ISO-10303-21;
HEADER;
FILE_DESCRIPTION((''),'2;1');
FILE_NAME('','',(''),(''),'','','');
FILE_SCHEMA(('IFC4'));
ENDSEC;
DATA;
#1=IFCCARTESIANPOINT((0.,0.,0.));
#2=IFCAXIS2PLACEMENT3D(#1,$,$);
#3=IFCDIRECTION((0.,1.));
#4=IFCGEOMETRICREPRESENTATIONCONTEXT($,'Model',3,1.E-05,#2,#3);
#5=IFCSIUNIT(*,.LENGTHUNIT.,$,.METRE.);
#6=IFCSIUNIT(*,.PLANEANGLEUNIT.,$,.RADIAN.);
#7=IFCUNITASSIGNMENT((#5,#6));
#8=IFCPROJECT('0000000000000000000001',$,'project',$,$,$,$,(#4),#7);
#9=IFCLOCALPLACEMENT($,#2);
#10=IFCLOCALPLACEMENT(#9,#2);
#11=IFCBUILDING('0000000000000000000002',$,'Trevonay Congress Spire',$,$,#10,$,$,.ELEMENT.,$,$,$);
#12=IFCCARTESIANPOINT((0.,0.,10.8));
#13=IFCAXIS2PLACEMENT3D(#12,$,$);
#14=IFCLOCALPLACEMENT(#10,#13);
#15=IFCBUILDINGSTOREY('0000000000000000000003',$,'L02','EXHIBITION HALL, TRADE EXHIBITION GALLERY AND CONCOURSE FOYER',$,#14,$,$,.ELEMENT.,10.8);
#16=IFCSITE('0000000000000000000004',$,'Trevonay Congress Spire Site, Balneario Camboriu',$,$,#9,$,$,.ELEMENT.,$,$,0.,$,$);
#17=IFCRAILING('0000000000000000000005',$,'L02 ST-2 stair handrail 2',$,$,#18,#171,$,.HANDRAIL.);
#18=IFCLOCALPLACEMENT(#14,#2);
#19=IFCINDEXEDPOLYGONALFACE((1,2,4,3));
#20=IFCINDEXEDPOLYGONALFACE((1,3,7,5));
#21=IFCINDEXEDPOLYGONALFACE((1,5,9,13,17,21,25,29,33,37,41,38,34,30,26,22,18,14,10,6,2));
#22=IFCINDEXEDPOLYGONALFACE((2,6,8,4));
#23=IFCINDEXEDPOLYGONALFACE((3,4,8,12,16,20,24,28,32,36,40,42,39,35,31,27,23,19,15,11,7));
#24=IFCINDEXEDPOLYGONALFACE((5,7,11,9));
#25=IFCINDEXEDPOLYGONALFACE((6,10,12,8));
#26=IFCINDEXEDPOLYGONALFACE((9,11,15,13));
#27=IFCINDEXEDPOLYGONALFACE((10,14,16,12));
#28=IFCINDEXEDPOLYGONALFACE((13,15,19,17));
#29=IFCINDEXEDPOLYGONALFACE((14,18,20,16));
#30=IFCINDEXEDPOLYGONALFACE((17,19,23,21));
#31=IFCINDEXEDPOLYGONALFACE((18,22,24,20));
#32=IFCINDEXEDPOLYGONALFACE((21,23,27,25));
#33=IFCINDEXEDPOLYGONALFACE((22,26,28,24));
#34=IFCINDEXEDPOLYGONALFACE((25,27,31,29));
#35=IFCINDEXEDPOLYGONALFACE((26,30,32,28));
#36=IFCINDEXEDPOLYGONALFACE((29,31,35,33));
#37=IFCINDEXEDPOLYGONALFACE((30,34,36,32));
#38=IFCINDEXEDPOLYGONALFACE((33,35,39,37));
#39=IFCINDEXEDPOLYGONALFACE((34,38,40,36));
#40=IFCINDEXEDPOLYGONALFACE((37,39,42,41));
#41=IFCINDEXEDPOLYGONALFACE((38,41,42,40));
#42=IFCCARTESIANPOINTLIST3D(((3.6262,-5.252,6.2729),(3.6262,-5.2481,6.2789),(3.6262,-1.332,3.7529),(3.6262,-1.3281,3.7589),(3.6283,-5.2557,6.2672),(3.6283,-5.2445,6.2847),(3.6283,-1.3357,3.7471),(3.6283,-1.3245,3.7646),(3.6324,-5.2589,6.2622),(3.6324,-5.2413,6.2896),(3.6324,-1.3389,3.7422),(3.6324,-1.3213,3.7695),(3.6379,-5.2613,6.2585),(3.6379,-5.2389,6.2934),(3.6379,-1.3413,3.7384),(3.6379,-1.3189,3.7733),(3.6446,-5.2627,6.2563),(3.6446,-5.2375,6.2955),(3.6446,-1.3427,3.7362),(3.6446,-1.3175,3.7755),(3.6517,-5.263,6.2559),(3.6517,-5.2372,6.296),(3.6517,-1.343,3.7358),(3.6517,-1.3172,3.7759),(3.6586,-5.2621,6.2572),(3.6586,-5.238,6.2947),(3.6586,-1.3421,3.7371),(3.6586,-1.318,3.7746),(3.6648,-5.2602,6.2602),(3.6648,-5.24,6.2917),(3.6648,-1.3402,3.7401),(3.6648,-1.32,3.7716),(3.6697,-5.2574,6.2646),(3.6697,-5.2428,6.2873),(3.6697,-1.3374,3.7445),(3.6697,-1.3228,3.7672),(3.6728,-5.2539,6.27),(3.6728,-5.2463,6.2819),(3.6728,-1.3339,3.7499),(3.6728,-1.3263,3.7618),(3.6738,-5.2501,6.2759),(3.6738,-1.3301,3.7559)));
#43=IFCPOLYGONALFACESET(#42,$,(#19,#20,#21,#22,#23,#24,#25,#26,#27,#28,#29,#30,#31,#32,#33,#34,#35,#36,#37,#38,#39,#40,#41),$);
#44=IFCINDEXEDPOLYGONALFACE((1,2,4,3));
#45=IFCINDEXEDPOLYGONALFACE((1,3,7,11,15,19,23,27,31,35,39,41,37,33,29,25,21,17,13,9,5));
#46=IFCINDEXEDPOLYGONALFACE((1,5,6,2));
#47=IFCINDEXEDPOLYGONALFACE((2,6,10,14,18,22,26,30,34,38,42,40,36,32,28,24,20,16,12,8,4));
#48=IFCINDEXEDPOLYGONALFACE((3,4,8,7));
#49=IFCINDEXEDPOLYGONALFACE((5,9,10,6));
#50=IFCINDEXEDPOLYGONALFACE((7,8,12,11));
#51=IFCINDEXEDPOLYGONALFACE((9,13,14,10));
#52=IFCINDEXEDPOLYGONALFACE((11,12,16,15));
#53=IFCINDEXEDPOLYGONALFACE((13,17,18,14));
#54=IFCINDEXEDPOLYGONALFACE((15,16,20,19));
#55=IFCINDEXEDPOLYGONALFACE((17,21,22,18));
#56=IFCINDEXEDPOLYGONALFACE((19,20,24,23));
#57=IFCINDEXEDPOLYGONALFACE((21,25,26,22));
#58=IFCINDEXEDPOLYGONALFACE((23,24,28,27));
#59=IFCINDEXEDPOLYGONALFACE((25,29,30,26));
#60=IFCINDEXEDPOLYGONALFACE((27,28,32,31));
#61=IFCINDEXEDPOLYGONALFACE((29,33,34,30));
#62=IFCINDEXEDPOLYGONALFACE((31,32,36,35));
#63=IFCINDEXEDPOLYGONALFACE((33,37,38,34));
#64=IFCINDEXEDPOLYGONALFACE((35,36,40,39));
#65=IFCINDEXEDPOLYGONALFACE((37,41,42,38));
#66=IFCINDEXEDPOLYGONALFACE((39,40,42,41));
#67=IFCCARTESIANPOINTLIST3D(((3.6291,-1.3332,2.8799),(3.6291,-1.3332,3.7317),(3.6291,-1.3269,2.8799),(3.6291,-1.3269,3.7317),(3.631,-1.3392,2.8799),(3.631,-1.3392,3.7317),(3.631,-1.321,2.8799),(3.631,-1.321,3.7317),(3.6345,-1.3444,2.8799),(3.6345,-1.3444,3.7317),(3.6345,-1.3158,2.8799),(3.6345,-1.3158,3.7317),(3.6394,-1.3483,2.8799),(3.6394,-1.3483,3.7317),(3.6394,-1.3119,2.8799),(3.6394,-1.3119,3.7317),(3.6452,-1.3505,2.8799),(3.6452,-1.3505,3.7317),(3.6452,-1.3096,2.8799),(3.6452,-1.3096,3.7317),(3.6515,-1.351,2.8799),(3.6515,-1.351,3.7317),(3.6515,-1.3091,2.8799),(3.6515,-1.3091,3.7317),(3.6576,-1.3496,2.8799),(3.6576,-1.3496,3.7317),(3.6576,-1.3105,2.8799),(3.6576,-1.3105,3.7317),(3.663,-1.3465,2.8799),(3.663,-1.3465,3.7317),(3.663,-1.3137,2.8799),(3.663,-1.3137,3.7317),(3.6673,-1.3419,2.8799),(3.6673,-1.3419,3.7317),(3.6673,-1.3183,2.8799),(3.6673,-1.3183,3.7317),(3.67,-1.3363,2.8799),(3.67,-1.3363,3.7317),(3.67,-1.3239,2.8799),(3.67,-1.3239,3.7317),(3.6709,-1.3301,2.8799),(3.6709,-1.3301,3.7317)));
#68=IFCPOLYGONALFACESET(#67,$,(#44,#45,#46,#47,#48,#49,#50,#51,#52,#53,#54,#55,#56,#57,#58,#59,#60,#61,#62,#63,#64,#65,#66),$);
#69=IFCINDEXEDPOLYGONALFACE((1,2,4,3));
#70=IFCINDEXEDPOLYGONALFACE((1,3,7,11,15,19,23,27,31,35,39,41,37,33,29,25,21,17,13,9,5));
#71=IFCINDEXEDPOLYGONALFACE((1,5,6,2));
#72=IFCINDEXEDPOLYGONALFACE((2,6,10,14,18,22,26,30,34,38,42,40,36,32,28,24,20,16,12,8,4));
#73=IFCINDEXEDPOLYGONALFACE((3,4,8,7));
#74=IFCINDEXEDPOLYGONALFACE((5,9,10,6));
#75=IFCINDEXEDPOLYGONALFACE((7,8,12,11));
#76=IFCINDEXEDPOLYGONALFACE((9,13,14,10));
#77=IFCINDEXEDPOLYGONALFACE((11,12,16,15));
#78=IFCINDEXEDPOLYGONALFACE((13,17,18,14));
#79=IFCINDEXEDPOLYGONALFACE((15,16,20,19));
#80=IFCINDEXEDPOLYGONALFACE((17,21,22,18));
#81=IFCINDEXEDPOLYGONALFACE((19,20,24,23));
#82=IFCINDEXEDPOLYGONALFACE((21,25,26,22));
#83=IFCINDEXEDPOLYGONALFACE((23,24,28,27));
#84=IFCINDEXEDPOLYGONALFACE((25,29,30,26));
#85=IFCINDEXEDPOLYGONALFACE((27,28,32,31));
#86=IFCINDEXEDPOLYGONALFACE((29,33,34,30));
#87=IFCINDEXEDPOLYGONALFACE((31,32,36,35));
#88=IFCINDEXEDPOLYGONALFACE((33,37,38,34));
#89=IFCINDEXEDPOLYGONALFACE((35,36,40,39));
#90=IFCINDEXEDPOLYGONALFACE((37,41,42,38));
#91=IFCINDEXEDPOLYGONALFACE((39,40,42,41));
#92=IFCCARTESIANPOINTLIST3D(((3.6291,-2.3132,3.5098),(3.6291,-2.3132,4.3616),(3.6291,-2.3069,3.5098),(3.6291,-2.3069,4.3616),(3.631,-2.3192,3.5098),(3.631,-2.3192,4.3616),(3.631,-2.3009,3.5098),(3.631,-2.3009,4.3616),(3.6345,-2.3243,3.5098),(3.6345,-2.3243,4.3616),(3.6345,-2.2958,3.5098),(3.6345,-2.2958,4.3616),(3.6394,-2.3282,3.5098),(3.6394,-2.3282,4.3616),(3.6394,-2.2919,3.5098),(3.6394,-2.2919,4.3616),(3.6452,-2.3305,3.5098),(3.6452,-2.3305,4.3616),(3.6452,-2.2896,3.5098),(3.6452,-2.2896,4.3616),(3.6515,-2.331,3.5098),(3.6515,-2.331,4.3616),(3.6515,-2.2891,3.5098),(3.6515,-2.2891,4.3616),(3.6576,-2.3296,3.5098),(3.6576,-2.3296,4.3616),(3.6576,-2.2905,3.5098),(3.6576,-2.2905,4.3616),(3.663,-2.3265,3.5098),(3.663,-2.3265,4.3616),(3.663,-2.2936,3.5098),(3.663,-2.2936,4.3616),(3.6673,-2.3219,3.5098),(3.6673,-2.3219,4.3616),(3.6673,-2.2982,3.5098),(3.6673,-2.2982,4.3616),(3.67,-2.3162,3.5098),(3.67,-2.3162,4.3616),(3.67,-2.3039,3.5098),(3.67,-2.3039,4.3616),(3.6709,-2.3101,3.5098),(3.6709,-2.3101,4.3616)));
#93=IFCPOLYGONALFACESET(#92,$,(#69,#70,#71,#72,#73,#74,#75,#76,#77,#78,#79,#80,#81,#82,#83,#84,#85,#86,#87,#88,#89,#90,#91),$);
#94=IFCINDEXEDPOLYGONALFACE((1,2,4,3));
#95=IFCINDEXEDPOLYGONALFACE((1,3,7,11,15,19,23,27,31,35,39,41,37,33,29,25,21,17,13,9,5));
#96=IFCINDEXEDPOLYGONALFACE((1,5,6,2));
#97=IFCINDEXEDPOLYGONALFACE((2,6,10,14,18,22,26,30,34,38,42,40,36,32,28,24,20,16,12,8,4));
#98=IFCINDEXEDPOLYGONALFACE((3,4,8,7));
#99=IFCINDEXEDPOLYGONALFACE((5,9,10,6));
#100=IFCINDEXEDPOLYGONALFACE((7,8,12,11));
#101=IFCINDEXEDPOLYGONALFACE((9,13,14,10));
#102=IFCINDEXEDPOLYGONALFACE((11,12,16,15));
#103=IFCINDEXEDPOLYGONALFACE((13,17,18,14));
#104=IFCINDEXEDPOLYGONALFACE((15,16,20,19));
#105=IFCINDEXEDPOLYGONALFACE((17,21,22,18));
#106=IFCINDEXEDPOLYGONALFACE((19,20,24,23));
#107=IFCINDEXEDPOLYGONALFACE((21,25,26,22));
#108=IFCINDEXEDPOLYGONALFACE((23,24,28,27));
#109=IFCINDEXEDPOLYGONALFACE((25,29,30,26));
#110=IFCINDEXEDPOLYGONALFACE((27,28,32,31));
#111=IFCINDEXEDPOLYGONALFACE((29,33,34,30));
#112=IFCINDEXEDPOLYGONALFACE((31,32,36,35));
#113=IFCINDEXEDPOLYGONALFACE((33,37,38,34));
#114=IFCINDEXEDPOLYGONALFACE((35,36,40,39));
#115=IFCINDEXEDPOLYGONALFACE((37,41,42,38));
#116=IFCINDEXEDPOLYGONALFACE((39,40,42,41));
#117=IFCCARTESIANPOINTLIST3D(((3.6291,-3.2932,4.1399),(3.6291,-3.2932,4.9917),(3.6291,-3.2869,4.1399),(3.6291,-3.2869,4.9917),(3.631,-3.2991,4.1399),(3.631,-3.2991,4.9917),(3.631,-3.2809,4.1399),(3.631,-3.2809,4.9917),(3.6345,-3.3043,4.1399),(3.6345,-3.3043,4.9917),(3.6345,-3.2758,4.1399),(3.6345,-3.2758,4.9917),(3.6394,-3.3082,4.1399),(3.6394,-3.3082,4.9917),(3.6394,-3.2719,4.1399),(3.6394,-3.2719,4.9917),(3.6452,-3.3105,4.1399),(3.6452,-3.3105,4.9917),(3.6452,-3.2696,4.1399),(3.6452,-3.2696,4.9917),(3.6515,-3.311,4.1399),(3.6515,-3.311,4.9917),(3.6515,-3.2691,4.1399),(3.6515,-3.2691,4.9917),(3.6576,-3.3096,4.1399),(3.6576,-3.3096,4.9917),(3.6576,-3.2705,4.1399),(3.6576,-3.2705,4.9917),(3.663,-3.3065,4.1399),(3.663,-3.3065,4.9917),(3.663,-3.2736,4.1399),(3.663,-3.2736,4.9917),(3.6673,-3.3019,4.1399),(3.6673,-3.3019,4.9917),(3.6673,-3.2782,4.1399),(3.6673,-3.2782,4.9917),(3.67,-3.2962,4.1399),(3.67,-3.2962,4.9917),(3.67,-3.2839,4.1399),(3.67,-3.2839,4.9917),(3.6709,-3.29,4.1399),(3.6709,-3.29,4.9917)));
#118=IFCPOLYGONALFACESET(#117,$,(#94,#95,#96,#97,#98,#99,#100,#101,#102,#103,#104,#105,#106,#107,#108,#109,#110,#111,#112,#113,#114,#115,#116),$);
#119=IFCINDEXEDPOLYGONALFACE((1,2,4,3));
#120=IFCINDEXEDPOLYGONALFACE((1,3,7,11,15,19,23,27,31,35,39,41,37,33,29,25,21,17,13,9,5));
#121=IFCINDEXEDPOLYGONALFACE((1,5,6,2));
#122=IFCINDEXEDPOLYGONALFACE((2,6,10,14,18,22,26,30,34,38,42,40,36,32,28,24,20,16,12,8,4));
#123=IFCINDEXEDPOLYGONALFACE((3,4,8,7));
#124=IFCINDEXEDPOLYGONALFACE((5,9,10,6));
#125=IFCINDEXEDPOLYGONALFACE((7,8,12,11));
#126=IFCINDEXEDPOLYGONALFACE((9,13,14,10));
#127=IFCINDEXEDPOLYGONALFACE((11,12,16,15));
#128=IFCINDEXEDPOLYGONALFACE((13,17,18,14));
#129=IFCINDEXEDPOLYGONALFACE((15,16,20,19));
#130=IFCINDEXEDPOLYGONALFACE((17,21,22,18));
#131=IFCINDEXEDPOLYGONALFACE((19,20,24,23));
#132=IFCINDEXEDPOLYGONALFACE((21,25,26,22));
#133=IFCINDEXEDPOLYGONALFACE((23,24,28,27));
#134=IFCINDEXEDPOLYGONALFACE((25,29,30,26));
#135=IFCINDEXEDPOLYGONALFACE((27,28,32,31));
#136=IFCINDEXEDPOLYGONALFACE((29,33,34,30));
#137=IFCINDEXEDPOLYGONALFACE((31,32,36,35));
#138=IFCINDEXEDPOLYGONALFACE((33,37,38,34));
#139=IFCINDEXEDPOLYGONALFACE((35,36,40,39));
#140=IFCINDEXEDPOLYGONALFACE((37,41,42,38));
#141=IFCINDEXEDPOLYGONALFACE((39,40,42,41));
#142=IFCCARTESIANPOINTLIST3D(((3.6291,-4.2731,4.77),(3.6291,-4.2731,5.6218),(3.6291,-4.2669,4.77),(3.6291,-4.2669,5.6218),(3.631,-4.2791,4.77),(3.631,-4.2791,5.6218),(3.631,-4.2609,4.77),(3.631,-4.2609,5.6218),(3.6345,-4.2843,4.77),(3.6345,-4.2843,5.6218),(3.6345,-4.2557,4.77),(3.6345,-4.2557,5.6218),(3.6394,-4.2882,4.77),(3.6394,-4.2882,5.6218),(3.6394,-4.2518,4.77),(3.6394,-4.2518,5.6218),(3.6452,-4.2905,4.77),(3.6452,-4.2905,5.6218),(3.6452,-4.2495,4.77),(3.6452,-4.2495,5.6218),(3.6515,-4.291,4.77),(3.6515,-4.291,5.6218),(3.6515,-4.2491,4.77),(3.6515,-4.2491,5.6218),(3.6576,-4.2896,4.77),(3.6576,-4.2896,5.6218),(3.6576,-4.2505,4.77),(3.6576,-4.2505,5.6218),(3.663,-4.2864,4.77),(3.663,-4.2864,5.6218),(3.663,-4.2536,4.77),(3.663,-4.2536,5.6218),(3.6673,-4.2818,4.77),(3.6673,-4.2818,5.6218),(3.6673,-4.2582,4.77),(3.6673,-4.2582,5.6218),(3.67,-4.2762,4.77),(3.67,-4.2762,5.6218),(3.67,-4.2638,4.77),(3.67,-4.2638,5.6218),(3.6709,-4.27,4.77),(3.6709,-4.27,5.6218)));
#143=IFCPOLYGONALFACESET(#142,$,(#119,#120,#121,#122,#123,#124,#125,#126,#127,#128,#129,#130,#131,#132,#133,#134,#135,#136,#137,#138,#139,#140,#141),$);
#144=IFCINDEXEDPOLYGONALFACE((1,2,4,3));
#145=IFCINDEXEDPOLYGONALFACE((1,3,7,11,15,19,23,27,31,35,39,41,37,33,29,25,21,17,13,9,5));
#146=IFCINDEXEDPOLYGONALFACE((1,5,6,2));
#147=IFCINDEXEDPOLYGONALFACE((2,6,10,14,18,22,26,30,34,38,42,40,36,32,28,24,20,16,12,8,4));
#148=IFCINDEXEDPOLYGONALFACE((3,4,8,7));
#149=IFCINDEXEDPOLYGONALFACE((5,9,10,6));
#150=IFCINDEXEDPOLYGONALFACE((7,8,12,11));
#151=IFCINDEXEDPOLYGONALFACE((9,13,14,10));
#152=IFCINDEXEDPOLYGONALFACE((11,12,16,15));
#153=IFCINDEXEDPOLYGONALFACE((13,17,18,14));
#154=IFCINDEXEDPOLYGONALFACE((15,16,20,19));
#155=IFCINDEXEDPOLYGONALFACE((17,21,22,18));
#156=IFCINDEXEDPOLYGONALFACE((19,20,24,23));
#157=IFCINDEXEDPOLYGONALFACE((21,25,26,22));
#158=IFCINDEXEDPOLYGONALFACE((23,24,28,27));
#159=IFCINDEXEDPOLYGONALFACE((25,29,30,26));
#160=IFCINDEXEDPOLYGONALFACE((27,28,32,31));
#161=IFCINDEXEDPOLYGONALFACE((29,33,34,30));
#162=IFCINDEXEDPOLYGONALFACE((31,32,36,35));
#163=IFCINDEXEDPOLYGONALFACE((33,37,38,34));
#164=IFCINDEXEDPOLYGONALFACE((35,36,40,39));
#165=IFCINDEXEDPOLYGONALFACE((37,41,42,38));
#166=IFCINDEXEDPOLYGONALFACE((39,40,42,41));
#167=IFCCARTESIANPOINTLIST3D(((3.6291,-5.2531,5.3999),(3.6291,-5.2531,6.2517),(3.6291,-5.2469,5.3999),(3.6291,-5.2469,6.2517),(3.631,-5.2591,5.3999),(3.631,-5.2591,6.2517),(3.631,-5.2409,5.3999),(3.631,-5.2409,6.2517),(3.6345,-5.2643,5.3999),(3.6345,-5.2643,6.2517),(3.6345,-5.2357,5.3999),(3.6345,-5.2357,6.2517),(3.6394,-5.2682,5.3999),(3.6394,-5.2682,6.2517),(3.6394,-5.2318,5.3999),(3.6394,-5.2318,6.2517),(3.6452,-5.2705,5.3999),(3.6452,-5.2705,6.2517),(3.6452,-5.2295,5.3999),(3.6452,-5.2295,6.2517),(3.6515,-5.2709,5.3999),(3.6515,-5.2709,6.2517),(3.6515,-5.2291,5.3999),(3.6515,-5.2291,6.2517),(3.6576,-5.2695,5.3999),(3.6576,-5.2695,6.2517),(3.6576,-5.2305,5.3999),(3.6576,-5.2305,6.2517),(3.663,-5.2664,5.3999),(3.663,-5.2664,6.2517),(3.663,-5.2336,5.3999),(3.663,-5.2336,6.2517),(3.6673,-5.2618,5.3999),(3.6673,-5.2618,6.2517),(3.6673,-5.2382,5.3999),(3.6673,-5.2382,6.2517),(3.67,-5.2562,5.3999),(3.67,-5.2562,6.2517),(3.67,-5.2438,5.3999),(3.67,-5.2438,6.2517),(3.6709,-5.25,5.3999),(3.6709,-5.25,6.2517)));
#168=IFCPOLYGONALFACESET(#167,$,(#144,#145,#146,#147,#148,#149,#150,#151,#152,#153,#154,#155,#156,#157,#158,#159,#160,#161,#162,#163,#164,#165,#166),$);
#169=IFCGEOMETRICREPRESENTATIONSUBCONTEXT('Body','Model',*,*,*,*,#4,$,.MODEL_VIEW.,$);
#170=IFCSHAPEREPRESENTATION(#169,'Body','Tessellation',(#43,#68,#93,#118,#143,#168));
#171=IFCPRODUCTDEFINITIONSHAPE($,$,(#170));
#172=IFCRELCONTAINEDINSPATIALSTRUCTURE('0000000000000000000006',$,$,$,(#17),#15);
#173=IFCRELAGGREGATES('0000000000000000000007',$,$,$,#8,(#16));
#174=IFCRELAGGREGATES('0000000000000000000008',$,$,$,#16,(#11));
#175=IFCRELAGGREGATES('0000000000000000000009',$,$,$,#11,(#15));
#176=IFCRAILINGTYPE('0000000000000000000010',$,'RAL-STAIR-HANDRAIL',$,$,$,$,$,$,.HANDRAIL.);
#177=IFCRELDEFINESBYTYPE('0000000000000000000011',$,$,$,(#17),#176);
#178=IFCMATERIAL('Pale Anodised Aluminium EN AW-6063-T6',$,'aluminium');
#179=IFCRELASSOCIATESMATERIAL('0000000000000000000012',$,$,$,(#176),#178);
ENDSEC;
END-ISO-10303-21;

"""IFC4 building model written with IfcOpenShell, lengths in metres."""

from ifc_helpers import new_model, si_unit, direction, frame, origin, origin_2d, place, context, subcontext, project, spatial, circle, extrude, material, type_object, element, save


model = new_model("IFC4")

# Units and contexts
model_context = context("Model", 3, precision=1e-05, world=origin(), true_north=direction((0.0, 1.0)))
body_context = subcontext(model_context, "Body", "Model", "MODEL_VIEW")
ifc_project = project(units=[si_unit("LENGTHUNIT", "METRE"), si_unit("PLANEANGLEUNIT", "RADIAN")], contexts=[model_context])

# Site, building, storey
site_placement = place(None, origin())
site = spatial("IfcSite", under=ifc_project, at=site_placement, Name="Trevonay Congress Spire Site, Balneario Camboriu", CompositionType="ELEMENT", RefElevation=0.0)
building_placement = place(site_placement, origin())
building = spatial("IfcBuilding", under=site, at=building_placement, Name="Trevonay Congress Spire", CompositionType="ELEMENT")
storey_placement = place(building_placement, frame((0.0, 0.0, 10.8)))
storey = spatial("IfcBuildingStorey", under=building, at=storey_placement, Name="L02", Description="EXHIBITION HALL, TRADE EXHIBITION GALLERY AND CONCOURSE FOYER", CompositionType="ELEMENT", Elevation=10.8)

# Railing
ifc_material_1 = material(Name="Pale Anodised Aluminium EN AW-6063-T6", Category="aluminium")
railing_type_1 = type_object("IfcRailingType", Name="RAL-STAIR-HANDRAIL", PredefinedType="HANDRAIL", material=ifc_material_1)
railing_1_placement = place(storey_placement, frame((3.6499, -1.3301, 2.8799)))
element("IfcRailing", 1, at=railing_1_placement, inside=storey, type_object=railing_type_1, Name="L02 ST-2 stair handrail 2", PredefinedType="HANDRAIL", context=body_context, shape_type="SweptSolid", body=[
    extrude(circle(Radius=0.0239, at=origin_2d()), frame((0.0, 0.0, 0.876), z_axis=(0.0, -0.841172, 0.540768), x_axis=(1.0, 0.0, 0.0)), (0.0, 0.0, 1.0), 4.6602),
    extrude(circle(Radius=0.021, at=origin_2d()), origin(), (0.0, 0.0, 1.0), 0.8518),
    extrude(circle(Radius=0.021, at=origin_2d()), frame((0.0, -0.98, 0.6299)), (0.0, 0.0, 1.0), 0.8518),
    extrude(circle(Radius=0.021, at=origin_2d()), frame((0.0, -1.96, 1.26)), (0.0, 0.0, 1.0), 0.8518),
    extrude(circle(Radius=0.021, at=origin_2d()), frame((0.0, -2.9399, 1.8901)), (0.0, 0.0, 1.0), 0.8518),
    extrude(circle(Radius=0.021, at=origin_2d()), frame((0.0, -3.9199, 2.52)), (0.0, 0.0, 1.0), 0.8518),
])

save(model, "model.ifc")
